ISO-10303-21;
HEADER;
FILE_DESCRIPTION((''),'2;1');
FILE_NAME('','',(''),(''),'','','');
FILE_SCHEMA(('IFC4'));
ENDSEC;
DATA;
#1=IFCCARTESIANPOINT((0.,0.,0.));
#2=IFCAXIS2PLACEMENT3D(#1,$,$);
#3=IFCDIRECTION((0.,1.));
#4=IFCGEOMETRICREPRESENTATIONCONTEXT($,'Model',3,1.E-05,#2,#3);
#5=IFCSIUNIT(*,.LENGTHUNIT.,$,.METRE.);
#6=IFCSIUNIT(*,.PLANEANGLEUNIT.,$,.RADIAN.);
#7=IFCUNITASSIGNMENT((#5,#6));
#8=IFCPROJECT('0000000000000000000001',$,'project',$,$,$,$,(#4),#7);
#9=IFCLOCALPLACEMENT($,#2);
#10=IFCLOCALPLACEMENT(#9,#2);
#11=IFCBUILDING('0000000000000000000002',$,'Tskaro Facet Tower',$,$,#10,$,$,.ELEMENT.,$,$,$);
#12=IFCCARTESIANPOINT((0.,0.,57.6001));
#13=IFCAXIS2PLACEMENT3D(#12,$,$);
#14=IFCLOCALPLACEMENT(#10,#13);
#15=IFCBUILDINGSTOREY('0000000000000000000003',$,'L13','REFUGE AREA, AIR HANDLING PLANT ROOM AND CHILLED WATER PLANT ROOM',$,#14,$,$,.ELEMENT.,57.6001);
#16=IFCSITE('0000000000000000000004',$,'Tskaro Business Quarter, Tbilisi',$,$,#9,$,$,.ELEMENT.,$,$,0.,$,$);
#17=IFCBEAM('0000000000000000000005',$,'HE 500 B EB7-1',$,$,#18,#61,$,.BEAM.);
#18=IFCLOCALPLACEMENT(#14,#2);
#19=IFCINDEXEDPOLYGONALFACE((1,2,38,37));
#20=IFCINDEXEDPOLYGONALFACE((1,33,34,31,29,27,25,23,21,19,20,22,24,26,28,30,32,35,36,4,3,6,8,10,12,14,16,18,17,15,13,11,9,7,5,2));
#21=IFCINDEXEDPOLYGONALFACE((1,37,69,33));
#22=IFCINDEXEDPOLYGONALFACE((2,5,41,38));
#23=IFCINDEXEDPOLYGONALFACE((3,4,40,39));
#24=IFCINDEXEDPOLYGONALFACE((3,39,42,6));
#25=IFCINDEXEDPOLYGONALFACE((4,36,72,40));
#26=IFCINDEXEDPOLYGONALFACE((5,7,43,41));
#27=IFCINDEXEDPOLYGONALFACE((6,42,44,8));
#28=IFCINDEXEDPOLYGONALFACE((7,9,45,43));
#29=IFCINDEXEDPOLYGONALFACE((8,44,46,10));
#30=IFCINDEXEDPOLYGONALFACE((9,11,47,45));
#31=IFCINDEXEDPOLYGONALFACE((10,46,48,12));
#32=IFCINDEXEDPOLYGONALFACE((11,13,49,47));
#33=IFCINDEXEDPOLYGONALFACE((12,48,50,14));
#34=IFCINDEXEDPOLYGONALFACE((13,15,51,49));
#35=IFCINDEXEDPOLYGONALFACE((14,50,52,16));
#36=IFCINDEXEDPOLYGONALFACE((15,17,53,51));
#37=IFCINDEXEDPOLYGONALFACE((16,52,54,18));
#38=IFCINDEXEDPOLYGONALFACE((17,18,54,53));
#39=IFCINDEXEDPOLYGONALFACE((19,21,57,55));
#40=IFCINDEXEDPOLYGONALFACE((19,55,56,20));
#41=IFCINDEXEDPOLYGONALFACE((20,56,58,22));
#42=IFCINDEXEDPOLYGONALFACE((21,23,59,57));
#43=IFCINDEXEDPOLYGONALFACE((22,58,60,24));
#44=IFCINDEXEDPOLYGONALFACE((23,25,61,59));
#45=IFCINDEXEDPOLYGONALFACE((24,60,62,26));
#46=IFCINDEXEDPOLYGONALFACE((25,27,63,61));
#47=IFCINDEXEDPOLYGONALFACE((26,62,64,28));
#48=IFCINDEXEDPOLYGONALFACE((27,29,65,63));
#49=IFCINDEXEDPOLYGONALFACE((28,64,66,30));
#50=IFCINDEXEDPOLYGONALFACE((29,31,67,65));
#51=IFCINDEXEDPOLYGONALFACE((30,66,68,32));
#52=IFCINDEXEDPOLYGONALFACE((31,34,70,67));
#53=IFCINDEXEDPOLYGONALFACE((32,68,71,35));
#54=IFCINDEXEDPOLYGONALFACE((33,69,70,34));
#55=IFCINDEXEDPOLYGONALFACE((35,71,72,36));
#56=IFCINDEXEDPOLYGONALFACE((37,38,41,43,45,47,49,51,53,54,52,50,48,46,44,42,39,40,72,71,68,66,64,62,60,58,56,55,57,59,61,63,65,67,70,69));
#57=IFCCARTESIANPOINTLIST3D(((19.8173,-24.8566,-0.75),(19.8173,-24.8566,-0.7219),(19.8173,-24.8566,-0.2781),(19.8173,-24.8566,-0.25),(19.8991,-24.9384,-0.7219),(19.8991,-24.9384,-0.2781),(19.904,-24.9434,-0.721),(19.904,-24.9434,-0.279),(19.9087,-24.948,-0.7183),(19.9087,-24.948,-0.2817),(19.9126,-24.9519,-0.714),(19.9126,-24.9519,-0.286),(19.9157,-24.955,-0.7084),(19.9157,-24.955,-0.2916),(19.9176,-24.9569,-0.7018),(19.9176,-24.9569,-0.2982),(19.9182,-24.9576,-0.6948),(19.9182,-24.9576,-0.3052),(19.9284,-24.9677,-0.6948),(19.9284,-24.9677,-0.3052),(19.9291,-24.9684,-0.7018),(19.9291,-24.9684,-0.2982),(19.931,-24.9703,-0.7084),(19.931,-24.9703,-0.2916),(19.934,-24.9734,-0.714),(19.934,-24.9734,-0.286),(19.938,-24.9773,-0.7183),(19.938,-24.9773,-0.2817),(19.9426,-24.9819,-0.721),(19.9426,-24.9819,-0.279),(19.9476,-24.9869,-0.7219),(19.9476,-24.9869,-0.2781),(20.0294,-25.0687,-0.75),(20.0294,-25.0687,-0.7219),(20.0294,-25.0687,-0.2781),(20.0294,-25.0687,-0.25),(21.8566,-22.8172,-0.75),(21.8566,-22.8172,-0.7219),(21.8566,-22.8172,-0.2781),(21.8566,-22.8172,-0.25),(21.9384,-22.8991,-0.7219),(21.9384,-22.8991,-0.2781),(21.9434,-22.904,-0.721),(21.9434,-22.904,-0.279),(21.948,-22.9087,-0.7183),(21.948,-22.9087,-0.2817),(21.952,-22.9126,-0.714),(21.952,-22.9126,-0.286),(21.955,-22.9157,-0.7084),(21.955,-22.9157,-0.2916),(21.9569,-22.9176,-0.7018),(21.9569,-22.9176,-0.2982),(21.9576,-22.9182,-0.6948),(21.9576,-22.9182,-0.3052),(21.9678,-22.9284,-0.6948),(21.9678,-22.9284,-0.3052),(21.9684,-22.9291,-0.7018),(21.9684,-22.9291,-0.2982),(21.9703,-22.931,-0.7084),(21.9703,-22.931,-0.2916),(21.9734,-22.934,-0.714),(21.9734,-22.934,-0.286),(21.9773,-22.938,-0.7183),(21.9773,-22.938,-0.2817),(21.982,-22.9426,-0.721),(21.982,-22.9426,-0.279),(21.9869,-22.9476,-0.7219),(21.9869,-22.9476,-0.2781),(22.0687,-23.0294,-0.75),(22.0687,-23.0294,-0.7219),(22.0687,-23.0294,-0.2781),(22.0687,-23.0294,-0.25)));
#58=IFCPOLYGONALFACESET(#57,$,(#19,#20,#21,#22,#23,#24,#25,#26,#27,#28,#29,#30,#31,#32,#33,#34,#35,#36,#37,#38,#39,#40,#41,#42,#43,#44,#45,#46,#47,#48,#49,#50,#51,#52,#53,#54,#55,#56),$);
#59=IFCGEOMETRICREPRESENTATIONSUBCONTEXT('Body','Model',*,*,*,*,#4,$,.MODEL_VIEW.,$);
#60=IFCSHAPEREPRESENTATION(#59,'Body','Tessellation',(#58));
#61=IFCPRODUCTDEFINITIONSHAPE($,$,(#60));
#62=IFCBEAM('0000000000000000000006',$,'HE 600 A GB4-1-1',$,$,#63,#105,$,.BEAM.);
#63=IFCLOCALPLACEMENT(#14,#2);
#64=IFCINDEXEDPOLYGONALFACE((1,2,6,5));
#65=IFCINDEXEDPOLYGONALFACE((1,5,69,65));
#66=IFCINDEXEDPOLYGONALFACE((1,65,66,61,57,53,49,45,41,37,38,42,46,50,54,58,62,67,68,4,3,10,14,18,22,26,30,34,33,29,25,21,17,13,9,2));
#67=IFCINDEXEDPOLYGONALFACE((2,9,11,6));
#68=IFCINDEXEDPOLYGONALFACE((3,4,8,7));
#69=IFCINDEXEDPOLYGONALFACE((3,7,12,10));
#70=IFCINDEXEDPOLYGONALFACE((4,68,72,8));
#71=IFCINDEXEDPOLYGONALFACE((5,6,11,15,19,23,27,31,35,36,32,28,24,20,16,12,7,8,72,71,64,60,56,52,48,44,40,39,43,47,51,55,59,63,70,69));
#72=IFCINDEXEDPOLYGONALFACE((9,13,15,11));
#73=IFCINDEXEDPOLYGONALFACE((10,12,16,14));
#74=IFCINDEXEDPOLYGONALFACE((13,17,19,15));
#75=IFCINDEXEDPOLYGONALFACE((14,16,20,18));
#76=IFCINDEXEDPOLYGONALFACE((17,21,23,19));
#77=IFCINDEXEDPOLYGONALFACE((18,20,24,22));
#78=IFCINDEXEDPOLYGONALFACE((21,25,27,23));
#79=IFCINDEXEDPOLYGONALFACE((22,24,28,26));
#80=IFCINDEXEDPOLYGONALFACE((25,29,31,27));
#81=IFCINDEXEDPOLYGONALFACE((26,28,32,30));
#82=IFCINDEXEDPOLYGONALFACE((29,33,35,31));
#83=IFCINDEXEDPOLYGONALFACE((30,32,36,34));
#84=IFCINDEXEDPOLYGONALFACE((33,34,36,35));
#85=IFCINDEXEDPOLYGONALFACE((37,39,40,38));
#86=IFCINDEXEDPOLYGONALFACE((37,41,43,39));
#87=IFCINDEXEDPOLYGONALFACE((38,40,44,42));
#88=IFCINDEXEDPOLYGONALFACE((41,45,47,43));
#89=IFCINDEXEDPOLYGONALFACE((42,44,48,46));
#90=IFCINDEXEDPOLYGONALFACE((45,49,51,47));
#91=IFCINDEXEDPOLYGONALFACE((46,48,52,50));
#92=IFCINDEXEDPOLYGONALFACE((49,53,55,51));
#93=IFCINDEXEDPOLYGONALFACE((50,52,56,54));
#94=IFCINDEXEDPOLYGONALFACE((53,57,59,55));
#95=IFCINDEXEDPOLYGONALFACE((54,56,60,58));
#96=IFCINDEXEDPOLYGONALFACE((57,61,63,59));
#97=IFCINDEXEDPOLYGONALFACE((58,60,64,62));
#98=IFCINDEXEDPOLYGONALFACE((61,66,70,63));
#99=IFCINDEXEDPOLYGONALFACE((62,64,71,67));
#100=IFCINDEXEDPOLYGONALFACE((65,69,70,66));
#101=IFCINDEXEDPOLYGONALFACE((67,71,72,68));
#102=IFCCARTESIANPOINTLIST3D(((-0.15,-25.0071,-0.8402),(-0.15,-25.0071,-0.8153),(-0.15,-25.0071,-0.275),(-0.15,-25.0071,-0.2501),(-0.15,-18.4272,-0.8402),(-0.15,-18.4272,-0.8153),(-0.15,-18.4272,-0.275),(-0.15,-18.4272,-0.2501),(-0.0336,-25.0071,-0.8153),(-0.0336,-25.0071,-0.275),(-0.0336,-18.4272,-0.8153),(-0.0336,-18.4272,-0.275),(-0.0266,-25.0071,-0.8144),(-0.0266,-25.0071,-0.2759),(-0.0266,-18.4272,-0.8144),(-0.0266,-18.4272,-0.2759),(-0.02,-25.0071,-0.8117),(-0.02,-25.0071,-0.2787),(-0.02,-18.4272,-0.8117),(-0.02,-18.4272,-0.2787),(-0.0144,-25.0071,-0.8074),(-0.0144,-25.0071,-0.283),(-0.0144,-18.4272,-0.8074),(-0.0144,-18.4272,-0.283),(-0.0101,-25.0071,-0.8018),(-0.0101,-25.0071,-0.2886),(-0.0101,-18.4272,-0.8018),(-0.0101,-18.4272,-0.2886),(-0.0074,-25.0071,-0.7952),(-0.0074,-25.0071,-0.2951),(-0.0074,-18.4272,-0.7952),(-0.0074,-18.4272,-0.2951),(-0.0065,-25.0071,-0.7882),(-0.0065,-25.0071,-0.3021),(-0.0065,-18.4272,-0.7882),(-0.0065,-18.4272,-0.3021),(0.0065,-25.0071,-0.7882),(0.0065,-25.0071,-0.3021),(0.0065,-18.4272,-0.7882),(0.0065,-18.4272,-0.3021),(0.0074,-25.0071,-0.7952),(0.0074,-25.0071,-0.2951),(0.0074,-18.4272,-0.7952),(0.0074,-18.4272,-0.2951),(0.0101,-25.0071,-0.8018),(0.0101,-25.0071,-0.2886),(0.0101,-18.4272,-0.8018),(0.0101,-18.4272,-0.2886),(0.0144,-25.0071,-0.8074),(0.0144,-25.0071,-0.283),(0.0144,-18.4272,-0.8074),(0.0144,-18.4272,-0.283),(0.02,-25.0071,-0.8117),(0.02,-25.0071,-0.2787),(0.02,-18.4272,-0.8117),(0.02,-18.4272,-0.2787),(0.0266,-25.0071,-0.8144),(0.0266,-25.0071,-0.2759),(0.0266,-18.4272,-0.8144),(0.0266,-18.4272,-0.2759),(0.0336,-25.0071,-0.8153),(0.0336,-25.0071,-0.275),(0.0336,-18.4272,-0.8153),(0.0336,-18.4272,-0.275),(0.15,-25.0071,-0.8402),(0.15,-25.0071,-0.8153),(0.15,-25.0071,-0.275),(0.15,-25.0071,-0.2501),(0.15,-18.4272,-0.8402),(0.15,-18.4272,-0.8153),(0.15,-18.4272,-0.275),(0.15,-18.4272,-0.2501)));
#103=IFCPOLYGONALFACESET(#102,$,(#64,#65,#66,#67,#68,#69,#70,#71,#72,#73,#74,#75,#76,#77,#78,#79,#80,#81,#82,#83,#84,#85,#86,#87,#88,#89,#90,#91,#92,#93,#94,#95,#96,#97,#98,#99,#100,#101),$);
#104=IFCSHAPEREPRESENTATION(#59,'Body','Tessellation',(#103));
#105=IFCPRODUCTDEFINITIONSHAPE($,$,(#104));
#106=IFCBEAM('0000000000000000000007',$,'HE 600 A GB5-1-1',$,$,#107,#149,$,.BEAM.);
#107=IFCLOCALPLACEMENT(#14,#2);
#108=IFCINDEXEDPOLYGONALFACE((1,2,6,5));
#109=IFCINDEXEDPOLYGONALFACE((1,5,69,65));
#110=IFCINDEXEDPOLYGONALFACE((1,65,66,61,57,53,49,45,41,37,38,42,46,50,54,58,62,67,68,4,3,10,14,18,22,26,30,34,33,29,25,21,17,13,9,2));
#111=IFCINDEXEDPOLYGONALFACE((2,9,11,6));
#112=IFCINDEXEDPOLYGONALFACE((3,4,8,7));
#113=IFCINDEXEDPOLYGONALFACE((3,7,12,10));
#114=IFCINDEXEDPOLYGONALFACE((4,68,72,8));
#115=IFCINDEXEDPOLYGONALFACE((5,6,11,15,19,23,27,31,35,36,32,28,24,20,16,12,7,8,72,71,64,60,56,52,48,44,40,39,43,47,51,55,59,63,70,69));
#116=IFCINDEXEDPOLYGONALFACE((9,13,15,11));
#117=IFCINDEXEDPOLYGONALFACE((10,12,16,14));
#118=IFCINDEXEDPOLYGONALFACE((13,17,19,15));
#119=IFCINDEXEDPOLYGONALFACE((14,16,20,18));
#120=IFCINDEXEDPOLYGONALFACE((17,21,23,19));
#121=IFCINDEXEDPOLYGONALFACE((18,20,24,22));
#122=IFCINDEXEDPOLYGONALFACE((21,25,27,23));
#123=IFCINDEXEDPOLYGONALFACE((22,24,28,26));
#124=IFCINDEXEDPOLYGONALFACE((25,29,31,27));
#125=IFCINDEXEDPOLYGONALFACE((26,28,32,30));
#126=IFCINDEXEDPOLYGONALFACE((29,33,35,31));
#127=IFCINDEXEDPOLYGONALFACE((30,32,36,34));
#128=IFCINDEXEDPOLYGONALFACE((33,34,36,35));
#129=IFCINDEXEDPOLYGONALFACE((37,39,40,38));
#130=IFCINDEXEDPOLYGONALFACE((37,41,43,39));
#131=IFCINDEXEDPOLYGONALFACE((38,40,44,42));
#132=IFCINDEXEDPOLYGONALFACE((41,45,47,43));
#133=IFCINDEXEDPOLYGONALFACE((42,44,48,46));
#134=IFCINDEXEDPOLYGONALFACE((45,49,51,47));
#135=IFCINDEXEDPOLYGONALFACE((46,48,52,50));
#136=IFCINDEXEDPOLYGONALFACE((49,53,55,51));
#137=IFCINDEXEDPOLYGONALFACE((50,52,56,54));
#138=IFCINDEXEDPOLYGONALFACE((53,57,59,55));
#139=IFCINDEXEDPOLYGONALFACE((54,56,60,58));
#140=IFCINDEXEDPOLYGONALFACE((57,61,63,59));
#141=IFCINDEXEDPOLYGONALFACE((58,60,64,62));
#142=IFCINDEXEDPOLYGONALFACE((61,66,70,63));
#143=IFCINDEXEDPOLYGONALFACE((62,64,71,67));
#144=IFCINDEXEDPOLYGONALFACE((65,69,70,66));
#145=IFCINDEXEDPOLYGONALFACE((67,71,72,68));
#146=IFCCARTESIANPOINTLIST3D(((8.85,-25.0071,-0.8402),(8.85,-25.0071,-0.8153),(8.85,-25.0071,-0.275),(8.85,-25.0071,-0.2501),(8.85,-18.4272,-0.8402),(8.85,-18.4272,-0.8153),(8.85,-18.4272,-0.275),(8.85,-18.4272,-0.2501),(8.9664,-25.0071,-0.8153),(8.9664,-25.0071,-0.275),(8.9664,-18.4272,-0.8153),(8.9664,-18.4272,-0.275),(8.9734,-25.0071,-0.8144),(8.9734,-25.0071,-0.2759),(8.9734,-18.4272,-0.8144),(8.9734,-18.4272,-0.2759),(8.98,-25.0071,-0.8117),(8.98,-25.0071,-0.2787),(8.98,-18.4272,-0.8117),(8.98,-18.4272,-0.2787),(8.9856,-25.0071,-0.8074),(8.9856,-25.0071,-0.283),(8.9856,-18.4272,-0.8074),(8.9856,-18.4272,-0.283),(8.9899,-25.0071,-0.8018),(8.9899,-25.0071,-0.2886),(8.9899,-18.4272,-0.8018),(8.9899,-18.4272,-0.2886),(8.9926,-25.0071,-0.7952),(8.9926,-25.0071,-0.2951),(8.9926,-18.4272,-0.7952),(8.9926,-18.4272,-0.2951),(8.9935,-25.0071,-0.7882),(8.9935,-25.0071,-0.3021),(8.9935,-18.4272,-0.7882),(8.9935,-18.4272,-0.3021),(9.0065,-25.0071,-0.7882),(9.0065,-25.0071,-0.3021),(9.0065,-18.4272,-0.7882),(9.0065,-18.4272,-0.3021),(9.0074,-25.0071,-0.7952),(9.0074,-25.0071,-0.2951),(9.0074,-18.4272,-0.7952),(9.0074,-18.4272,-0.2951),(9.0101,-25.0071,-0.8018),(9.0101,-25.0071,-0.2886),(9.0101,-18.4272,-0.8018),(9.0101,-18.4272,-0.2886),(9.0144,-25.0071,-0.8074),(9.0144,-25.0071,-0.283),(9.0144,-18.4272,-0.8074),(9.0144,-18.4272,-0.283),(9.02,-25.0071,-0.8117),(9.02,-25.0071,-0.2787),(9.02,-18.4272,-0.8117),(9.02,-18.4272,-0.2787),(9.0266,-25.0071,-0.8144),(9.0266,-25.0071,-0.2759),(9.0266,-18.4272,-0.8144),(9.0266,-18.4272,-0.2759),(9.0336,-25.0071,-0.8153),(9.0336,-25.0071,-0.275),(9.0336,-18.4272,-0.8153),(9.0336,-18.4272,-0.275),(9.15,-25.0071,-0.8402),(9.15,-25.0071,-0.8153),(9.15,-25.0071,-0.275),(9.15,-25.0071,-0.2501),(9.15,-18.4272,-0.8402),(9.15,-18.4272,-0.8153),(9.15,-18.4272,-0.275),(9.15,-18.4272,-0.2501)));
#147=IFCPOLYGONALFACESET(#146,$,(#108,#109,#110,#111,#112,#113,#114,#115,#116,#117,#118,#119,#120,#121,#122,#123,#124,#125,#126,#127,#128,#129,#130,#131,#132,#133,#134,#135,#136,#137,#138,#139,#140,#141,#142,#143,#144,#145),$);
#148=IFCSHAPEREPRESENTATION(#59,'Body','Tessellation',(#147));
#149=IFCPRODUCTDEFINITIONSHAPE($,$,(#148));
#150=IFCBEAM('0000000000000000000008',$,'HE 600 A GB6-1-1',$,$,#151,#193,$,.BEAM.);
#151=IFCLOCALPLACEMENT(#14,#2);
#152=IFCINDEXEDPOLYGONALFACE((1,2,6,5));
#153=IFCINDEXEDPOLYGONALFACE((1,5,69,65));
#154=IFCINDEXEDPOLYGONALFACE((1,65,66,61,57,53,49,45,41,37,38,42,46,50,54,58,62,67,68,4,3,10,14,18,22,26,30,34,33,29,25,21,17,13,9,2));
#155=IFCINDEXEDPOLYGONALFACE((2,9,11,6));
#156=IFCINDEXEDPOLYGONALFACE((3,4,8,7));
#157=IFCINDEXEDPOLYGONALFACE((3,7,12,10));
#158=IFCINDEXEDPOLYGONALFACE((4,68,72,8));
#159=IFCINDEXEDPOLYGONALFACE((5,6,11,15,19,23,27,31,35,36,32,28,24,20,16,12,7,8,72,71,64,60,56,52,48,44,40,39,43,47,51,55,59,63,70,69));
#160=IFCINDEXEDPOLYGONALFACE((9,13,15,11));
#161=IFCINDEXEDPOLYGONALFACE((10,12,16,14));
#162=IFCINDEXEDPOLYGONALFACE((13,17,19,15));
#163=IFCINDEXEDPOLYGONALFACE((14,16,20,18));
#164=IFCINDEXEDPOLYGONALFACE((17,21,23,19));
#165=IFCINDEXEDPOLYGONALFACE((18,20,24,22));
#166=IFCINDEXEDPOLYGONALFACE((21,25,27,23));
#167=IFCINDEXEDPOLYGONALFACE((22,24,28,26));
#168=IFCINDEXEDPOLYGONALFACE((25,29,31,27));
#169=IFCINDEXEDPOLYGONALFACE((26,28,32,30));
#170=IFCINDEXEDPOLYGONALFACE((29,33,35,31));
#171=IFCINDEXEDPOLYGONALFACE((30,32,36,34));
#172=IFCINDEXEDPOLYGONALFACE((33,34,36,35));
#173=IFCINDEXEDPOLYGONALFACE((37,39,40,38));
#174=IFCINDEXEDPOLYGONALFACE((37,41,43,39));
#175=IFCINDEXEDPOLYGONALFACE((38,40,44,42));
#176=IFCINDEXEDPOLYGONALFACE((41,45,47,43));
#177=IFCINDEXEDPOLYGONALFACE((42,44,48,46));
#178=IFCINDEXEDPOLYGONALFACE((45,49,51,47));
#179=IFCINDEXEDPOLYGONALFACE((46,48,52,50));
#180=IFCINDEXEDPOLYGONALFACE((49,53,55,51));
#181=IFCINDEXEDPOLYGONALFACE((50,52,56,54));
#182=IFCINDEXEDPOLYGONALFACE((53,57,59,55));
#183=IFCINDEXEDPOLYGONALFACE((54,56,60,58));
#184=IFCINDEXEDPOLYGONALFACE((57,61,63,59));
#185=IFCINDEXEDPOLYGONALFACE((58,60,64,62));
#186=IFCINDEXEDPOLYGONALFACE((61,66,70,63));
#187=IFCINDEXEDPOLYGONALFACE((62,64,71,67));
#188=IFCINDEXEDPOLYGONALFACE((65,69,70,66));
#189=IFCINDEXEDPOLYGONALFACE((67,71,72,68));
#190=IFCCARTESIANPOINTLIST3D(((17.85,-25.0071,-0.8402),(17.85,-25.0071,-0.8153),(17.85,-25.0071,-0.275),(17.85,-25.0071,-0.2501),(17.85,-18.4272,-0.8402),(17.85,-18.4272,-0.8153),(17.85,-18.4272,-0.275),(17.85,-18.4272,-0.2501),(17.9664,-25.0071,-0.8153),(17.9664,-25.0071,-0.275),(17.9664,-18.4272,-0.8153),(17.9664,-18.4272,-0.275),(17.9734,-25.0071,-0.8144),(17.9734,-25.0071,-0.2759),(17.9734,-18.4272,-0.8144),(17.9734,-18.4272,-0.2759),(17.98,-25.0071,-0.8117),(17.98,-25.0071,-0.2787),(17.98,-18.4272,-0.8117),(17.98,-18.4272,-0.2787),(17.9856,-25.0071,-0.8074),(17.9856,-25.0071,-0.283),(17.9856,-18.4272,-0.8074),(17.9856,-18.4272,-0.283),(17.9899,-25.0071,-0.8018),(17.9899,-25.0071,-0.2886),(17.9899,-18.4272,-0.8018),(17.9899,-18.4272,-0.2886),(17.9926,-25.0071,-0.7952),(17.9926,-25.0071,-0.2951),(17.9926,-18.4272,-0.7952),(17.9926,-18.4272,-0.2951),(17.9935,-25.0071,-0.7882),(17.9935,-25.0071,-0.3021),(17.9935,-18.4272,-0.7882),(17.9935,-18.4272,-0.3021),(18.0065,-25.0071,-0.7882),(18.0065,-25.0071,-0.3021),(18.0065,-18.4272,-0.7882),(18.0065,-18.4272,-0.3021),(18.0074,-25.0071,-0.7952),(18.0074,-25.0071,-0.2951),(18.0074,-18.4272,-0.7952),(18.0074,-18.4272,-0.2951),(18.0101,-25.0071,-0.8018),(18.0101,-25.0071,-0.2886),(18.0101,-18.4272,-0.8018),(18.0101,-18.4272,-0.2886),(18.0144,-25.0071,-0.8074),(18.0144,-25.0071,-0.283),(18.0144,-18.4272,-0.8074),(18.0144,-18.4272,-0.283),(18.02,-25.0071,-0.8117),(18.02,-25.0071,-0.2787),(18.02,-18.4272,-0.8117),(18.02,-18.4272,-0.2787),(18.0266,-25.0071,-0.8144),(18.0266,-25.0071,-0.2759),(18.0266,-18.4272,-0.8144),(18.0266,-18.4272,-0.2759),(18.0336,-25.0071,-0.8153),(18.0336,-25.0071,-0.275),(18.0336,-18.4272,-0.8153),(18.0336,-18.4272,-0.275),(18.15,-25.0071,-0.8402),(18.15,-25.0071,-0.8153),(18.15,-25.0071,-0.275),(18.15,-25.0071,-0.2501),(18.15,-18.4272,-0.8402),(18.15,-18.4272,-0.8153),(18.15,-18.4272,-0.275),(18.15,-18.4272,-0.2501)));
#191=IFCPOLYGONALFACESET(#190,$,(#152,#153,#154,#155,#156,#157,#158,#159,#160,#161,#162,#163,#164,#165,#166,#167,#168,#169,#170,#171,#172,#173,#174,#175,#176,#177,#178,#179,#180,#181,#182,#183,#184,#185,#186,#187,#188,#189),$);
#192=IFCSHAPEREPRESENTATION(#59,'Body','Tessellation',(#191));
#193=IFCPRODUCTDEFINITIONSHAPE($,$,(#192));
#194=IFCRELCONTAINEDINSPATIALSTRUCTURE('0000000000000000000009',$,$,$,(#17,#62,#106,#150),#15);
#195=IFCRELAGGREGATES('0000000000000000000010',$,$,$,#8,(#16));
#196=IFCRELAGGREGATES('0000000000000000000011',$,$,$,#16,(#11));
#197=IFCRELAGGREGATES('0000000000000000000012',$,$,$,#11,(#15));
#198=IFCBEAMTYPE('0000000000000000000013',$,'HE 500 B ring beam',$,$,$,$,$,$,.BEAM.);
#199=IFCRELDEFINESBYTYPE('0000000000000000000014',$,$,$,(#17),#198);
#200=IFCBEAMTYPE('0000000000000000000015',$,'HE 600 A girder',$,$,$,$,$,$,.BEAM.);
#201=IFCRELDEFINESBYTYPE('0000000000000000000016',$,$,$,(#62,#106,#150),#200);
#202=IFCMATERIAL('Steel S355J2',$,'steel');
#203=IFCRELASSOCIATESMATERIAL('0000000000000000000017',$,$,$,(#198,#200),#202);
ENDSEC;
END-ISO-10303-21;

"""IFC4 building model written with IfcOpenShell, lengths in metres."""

from ifc_helpers import new_model, si_unit, direction, frame, origin, origin_2d, place, context, subcontext, project, spatial, i_section, extrude, material, material_profile, profile_set, type_object, element, save


model = new_model("IFC4")

# Units and contexts
model_context = context("Model", 3, precision=1e-05, world=origin(), true_north=direction((0.0, 1.0)))
body_context = subcontext(model_context, "Body", "Model", "MODEL_VIEW")
ifc_project = project(units=[si_unit("LENGTHUNIT", "METRE"), si_unit("PLANEANGLEUNIT", "RADIAN")], contexts=[model_context])

# Site, building, storey
site_placement = place(None, origin())
site = spatial("IfcSite", under=ifc_project, at=site_placement, Name="Tskaro Business Quarter, Tbilisi", CompositionType="ELEMENT", RefElevation=0.0)
building_placement = place(site_placement, origin())
building = spatial("IfcBuilding", under=site, at=building_placement, Name="Tskaro Facet Tower", CompositionType="ELEMENT")
storey_placement = place(building_placement, frame((0.0, 0.0, 57.6001)))
storey = spatial("IfcBuildingStorey", under=building, at=storey_placement, Name="L13", Description="REFUGE AREA, AIR HANDLING PLANT ROOM AND CHILLED WATER PLANT ROOM", CompositionType="ELEMENT", Elevation=57.6001)

# Shared definitions
ifc_material_1 = material(Name="Steel S355J2", Category="steel")

# Beams
ifc_material_profile_1 = material_profile(ifc_material_1, i_section(OverallWidth=0.3, OverallDepth=0.5, WebThickness=0.0144, FlangeThickness=0.0281, FilletRadius=0.0271, at=origin_2d()), Name="HE 500 B")
ifc_profile_set_1 = profile_set([ifc_material_profile_1], Name="Steel S355J2")
beam_type_1 = type_object("IfcBeamType", Name="HE 500 B ring beam", PredefinedType="BEAM", material=ifc_profile_set_1)
beam_1_placement = place(storey_placement, frame((19.9233, -24.9626, -0.5), z_axis=(0.707107, 0.707107, 0.0), x_axis=(-0.707107, 0.707107, 0.0)))
element("IfcBeam", 1, at=beam_1_placement, inside=storey, type_object=beam_type_1, Name="HE 500 B EB7-1", PredefinedType="BEAM", context=body_context, shape_type="SweptSolid", body=[
    extrude(i_section(OverallWidth=0.3, OverallDepth=0.5, WebThickness=0.0144, FlangeThickness=0.0281, FilletRadius=0.0271, at=origin_2d()), origin(), (0.0, 0.0, 1.0), 2.884),
])
ifc_material_profile_2 = material_profile(ifc_material_1, i_section(OverallWidth=0.3, OverallDepth=0.5901, WebThickness=0.0129, FlangeThickness=0.0249, FilletRadius=0.0271, at=origin_2d()), Name="HE 600 A")
ifc_profile_set_2 = profile_set([ifc_material_profile_2], Name="Steel S355J2")
beam_type_2 = type_object("IfcBeamType", Name="HE 600 A girder", PredefinedType="BEAM", material=ifc_profile_set_2)
for number, where, z_axis, x_axis, name in (
    (2, (0.0, -25.0071, -0.5452), (0.0, 1.0, 0.0), (-1.0, 0.0, 0.0), "HE 600 A GB4-1-1"),
    (3, (9.0, -25.0071, -0.5452), (0.0, 1.0, 0.0), (-1.0, 0.0, 0.0), "HE 600 A GB5-1-1"),
    (4, (18.0, -25.0071, -0.5452), (0.0, 1.0, 0.0), (-1.0, 0.0, 0.0), "HE 600 A GB6-1-1"),
):
    element("IfcBeam", number, at=place(storey_placement, frame(where, z_axis=z_axis, x_axis=x_axis)), inside=storey, type_object=beam_type_2, Name=name, PredefinedType="BEAM", context=body_context, shape_type="SweptSolid", body=[
        extrude(i_section(OverallWidth=0.3, OverallDepth=0.5901, WebThickness=0.0129, FlangeThickness=0.0249, FilletRadius=0.0271, at=origin_2d()), origin(), (0.0, 0.0, 1.0), 6.5798),
    ])

save(model, "model.ifc")
